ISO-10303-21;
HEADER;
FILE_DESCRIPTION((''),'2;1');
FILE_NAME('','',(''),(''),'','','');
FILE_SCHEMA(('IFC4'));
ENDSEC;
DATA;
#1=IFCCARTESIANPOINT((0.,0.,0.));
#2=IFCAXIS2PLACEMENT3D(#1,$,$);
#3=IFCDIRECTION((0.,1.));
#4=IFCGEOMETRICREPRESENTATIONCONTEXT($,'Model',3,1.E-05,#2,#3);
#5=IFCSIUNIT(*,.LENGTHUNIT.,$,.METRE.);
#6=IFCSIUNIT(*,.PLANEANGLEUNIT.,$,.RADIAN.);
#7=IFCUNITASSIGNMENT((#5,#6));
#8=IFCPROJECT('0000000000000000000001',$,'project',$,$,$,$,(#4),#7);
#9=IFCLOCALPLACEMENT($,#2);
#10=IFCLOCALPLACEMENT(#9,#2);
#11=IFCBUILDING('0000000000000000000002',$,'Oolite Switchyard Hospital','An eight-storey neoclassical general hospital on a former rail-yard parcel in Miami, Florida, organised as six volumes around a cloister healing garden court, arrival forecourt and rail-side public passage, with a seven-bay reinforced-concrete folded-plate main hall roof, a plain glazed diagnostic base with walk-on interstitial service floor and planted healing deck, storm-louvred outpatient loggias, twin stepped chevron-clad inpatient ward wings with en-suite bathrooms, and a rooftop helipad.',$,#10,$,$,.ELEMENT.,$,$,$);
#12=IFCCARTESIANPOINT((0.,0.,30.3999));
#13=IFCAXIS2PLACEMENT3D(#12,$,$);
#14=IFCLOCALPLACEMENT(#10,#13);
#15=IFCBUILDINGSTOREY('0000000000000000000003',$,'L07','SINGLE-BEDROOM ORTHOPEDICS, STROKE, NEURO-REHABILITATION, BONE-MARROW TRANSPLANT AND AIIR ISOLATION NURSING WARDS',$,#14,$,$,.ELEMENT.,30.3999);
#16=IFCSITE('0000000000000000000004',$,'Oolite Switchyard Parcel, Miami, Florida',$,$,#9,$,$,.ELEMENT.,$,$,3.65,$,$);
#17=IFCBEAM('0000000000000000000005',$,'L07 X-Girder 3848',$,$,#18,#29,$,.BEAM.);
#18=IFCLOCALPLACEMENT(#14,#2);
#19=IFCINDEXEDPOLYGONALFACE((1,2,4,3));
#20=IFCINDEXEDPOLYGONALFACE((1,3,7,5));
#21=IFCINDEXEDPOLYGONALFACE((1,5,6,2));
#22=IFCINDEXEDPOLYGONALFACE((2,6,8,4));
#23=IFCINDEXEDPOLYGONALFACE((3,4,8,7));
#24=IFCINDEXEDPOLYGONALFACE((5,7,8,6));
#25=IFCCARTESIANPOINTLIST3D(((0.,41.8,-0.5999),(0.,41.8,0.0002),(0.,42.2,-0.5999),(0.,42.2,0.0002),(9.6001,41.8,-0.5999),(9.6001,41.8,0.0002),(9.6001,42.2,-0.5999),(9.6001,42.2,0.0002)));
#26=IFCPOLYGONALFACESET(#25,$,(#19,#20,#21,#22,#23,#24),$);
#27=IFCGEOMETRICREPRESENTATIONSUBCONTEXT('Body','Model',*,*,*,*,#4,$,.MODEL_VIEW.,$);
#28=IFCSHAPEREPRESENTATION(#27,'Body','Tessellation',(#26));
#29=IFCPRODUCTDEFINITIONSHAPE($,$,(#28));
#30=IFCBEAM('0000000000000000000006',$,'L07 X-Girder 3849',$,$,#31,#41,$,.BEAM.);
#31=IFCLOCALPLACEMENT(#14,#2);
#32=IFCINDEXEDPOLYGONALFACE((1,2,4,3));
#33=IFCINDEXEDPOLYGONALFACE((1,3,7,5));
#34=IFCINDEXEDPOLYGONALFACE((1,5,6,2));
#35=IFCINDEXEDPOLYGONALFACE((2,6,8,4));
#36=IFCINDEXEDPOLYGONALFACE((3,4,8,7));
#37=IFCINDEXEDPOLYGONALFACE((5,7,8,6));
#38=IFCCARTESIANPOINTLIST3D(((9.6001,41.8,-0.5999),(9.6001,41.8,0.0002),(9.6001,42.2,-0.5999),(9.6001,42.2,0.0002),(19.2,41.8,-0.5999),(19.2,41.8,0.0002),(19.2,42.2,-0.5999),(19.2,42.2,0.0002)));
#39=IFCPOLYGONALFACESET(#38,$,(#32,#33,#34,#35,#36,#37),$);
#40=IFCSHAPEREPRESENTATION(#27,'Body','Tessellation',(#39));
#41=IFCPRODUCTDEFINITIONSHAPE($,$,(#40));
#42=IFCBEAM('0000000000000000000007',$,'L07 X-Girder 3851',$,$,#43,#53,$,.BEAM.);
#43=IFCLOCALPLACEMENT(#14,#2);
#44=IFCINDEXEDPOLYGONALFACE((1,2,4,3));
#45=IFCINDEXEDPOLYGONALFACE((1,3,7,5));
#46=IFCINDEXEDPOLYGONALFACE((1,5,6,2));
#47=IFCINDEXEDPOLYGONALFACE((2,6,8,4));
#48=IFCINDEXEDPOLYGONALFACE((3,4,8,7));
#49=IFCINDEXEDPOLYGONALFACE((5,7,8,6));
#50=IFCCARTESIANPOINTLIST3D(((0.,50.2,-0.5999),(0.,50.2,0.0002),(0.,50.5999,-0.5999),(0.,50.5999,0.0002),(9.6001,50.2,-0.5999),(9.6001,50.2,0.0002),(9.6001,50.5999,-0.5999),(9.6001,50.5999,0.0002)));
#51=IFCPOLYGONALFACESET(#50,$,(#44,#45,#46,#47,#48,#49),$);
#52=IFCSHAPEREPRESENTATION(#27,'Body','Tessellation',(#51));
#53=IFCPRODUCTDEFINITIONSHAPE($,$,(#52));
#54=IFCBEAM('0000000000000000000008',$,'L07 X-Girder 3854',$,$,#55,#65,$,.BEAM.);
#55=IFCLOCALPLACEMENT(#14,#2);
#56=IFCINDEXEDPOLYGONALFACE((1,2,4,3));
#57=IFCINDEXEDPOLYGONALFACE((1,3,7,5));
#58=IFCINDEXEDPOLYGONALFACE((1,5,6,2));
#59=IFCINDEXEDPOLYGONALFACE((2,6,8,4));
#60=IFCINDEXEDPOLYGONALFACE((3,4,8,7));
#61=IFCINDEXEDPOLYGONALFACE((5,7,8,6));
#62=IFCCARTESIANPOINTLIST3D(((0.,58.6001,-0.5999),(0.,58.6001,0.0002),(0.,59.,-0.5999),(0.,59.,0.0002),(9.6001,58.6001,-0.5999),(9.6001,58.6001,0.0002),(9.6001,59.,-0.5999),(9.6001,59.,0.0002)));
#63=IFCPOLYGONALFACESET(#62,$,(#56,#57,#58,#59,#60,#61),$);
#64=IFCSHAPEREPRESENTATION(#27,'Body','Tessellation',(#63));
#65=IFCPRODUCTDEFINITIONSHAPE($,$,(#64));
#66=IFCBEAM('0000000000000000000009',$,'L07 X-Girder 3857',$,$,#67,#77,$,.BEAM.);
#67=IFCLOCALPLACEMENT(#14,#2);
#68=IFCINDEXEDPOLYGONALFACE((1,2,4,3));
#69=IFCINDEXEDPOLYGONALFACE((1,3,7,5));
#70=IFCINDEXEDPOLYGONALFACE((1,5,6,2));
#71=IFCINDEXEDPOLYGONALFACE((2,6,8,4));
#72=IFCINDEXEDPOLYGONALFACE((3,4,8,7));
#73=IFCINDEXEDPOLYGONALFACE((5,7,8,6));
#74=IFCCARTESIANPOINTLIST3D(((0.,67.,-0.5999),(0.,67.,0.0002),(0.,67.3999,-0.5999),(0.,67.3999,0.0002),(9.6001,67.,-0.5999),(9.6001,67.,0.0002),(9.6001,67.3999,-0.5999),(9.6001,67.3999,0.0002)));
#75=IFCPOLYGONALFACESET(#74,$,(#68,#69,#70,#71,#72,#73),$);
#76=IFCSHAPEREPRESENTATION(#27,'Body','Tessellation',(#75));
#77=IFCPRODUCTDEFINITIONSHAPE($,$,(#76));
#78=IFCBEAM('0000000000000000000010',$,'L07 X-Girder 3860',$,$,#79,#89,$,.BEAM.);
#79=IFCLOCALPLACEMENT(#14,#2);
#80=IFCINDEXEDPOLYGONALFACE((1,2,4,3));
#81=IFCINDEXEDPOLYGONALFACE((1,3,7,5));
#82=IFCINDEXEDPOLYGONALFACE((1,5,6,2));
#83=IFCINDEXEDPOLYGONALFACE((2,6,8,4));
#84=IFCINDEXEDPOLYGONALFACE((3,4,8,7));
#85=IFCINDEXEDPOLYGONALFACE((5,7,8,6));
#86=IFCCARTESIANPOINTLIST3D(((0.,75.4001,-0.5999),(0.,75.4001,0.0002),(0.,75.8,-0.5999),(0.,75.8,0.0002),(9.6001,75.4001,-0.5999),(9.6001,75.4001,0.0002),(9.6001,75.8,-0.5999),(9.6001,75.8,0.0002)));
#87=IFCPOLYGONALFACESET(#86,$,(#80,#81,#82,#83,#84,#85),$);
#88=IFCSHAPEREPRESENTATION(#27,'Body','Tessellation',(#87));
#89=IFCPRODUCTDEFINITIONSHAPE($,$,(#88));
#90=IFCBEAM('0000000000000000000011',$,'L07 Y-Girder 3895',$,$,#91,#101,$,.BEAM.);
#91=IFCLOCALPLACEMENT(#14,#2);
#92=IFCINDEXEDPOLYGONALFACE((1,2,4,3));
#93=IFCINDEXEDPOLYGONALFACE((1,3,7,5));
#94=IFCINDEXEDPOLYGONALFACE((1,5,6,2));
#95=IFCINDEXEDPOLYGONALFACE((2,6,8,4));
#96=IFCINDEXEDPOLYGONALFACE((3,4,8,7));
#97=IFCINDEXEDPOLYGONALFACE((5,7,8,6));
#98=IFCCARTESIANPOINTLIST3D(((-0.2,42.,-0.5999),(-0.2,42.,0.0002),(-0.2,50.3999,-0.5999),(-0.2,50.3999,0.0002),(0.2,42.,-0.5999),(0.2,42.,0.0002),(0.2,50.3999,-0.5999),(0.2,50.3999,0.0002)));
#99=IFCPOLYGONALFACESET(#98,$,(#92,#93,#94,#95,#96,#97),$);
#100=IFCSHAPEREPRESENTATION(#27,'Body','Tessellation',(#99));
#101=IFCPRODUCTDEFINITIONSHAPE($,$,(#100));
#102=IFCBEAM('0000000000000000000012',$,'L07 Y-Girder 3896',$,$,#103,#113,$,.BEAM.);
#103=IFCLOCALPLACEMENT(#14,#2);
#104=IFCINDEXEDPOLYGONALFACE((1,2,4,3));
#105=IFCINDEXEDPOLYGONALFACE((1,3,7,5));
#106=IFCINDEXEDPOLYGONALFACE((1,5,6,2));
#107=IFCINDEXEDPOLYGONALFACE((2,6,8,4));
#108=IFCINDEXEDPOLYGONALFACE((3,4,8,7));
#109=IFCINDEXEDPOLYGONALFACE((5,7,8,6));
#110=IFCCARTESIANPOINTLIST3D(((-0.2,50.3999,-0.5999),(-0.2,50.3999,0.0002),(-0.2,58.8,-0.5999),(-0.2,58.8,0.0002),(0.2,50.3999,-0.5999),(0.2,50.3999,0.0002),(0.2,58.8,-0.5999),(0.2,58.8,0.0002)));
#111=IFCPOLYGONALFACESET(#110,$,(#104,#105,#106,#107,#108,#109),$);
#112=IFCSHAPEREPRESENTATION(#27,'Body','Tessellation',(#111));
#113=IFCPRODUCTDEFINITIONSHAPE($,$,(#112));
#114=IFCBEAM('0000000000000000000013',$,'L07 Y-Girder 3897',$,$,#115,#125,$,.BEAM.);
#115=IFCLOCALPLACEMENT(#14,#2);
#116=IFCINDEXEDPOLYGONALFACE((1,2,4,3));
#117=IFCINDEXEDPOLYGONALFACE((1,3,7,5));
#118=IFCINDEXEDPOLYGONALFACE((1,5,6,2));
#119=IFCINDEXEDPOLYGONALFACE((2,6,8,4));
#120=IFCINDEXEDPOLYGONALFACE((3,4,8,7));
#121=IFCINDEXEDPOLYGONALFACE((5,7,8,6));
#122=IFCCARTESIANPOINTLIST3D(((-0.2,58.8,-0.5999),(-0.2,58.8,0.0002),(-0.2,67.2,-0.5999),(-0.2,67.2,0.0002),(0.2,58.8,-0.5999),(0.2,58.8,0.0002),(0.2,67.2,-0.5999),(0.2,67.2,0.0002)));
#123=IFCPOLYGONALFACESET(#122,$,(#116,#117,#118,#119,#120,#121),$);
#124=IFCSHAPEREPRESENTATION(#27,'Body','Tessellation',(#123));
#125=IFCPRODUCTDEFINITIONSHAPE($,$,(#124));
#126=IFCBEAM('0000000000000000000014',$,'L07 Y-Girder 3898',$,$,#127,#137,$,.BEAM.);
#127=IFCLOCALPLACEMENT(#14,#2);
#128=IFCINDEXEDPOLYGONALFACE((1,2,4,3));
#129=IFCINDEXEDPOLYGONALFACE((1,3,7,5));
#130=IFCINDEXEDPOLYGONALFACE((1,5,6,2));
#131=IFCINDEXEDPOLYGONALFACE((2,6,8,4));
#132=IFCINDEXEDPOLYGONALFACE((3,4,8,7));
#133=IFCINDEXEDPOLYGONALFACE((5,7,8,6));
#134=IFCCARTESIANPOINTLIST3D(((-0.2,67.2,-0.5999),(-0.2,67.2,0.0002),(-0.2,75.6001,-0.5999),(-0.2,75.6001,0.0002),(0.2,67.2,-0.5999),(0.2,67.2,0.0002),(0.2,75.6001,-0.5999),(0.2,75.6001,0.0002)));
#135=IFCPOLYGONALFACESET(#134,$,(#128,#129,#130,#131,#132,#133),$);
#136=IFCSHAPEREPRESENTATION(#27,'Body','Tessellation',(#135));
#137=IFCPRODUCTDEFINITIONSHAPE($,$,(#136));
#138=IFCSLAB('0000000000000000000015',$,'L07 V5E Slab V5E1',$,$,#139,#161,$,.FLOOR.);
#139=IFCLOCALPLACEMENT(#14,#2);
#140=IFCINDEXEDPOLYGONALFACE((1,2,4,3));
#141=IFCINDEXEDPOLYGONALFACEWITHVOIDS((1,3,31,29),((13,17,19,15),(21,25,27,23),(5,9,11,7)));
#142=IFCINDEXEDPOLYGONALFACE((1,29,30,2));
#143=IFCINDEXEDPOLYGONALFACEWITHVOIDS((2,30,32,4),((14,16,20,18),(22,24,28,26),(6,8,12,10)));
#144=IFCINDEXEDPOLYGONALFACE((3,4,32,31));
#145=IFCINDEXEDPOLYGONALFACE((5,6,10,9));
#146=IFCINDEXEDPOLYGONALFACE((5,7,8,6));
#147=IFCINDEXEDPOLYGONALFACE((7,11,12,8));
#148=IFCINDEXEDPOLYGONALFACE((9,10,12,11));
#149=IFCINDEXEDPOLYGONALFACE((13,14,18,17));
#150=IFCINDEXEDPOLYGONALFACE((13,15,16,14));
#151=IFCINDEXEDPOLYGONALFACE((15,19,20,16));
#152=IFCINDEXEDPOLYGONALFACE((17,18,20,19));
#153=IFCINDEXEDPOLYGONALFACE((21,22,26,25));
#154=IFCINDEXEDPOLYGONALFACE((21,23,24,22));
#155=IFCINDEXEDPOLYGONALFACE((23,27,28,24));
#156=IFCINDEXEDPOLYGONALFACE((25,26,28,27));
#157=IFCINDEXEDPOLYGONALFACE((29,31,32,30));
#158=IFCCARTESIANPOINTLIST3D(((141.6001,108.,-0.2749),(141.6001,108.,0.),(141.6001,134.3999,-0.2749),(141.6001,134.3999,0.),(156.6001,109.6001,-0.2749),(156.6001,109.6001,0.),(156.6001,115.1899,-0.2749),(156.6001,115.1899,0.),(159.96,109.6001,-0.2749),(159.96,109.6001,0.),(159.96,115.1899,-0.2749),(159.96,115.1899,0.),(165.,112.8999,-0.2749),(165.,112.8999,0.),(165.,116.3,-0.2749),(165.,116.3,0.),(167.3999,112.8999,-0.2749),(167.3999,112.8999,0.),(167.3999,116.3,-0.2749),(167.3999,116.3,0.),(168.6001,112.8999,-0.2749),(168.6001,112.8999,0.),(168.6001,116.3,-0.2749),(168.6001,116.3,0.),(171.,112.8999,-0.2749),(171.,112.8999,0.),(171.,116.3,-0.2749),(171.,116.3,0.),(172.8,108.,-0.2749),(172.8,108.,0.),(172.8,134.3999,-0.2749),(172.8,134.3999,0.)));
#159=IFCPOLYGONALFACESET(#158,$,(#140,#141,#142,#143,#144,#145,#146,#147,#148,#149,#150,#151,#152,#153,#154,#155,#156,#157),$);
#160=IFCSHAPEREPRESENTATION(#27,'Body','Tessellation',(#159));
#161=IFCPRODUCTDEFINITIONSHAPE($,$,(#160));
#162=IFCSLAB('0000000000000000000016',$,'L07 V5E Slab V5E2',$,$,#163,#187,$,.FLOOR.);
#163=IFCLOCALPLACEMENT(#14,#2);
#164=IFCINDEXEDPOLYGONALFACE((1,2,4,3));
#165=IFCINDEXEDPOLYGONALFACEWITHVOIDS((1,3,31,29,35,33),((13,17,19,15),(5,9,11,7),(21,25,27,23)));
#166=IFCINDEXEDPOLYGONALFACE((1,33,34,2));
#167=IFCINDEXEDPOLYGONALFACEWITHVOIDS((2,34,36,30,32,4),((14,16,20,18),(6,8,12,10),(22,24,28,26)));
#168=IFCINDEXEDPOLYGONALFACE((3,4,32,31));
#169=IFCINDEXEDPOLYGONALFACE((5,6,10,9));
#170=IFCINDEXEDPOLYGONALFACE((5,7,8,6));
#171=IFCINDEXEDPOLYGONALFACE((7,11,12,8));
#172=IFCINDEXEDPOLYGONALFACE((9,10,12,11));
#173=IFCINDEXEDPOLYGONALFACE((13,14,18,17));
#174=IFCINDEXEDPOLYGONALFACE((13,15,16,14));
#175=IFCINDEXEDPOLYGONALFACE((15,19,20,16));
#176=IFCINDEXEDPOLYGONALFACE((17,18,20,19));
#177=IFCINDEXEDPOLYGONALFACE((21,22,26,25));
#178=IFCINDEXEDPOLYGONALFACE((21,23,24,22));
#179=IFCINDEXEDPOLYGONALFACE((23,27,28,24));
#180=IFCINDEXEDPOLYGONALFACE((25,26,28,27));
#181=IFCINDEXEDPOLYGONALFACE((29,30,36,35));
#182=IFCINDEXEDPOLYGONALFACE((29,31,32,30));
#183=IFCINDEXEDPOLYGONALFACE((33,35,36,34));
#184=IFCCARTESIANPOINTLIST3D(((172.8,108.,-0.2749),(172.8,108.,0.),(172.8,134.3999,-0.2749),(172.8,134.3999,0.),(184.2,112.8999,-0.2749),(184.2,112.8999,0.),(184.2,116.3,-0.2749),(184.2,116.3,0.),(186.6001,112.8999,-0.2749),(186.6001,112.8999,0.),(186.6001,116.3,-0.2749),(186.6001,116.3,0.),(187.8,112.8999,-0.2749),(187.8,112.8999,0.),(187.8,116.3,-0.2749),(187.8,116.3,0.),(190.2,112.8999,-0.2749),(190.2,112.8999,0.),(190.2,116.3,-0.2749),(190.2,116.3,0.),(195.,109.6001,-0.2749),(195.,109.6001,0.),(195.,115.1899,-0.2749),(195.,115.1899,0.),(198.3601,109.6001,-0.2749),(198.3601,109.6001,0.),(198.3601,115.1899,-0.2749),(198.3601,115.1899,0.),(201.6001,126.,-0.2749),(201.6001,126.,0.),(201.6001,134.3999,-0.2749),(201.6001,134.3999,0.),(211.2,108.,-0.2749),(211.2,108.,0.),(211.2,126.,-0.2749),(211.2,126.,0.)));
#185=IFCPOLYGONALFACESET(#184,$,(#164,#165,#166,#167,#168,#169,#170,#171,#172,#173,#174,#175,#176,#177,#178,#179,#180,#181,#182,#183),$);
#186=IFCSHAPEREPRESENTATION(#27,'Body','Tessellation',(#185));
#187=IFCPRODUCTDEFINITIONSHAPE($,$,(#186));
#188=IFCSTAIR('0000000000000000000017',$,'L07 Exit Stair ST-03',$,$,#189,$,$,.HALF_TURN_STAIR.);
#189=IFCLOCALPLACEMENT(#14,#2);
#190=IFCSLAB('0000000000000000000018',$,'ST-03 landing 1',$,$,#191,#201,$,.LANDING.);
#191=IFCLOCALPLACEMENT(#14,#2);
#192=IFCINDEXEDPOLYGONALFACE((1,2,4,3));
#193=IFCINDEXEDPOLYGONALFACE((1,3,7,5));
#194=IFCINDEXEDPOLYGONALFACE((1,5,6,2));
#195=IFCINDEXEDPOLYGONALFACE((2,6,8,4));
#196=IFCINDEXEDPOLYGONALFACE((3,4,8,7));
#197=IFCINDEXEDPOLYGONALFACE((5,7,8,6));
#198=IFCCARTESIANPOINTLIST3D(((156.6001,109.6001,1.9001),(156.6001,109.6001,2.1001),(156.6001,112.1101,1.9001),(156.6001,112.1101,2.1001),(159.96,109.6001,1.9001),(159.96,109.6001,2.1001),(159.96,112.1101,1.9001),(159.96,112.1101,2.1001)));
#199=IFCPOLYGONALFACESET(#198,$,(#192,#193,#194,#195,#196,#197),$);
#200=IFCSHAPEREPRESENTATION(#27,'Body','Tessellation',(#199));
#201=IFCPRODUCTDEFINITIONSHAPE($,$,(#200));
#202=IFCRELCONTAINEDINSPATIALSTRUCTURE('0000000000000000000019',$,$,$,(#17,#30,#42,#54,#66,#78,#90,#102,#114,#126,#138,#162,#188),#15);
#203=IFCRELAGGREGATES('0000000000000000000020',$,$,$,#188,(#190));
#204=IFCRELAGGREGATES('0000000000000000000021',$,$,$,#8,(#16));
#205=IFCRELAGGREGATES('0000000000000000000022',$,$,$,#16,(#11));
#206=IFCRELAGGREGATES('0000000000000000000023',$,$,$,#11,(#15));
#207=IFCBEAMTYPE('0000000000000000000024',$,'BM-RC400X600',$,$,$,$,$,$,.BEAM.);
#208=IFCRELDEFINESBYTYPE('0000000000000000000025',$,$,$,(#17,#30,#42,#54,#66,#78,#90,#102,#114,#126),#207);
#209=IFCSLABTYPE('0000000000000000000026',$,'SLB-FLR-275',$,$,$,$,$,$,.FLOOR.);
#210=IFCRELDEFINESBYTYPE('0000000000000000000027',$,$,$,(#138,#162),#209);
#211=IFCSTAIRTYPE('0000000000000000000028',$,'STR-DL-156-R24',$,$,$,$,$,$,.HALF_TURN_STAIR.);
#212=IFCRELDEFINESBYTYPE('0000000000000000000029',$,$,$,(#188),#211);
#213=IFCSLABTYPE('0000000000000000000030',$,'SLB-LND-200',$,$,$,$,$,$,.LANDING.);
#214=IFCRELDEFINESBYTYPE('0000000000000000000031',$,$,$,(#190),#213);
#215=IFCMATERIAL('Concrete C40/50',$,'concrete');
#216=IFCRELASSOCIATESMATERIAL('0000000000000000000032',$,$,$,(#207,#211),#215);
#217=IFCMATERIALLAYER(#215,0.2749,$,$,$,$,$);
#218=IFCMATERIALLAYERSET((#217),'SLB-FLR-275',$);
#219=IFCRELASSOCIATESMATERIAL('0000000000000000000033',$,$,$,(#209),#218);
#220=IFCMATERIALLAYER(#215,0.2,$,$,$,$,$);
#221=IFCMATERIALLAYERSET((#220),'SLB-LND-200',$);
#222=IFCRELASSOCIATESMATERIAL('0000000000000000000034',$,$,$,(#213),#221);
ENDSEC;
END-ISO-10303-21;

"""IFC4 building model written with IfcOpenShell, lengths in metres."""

from ifc_helpers import new_model, si_unit, direction, frame, origin, origin_2d, place, context, subcontext, project, spatial, polyline, rectangle, outline, extrude, material, layer, layer_set, material_profile, profile_set, type_object, element, aggregate, save


model = new_model("IFC4")

# Units and contexts
model_context = context("Model", 3, precision=1e-05, world=origin(), true_north=direction((0.0, 1.0)))
body_context = subcontext(model_context, "Body", "Model", "MODEL_VIEW")
ifc_project = project(units=[si_unit("LENGTHUNIT", "METRE"), si_unit("PLANEANGLEUNIT", "RADIAN")], contexts=[model_context])

# Site, building, storey
site_placement = place(None, origin())
site = spatial("IfcSite", under=ifc_project, at=site_placement, Name="Oolite Switchyard Parcel, Miami, Florida", CompositionType="ELEMENT", RefElevation=3.65)
building_placement = place(site_placement, origin())
building = spatial("IfcBuilding", under=site, at=building_placement, Name="Oolite Switchyard Hospital", Description="An eight-storey neoclassical general hospital on a former rail-yard parcel in Miami, Florida, organised as six volumes around a cloister healing garden court, arrival forecourt and rail-side public passage, with a seven-bay reinforced-concrete folded-plate main hall roof, a plain glazed diagnostic base with walk-on interstitial service floor and planted healing deck, storm-louvred outpatient loggias, twin stepped chevron-clad inpatient ward wings with en-suite bathrooms, and a rooftop helipad.", CompositionType="ELEMENT")
storey_placement = place(building_placement, frame((0.0, 0.0, 30.3999)))
storey = spatial("IfcBuildingStorey", under=building, at=storey_placement, Name="L07", Description="SINGLE-BEDROOM ORTHOPEDICS, STROKE, NEURO-REHABILITATION, BONE-MARROW TRANSPLANT AND AIIR ISOLATION NURSING WARDS", CompositionType="ELEMENT", Elevation=30.3999)

# Beams
ifc_material_1 = material(Name="Concrete C40/50", Category="concrete")
ifc_material_profile = material_profile(ifc_material_1, rectangle(XDim=0.3999, YDim=0.6001, at=origin_2d()), Name="RCB400X600")
ifc_profile_set = profile_set([ifc_material_profile], Name="Concrete C40/50")
beam_type = type_object("IfcBeamType", Name="BM-RC400X600", PredefinedType="BEAM", material=ifc_profile_set)
beam_1_placement = place(storey_placement, frame((0.0, 42.0, -0.2998), z_axis=(1.0, 0.0, 0.0), x_axis=(0.0, 1.0, 0.0)))
element("IfcBeam", 1, at=beam_1_placement, inside=storey, type_object=beam_type, Name="L07 X-Girder 3848", PredefinedType="BEAM", context=body_context, shape_type="SweptSolid", body=[
    extrude(rectangle(XDim=0.3999, YDim=0.6001, at=origin_2d()), origin(), (0.0, 0.0, 1.0), 9.6001),
])
beam_2_placement = place(storey_placement, frame((9.6001, 42.0, -0.2998), z_axis=(1.0, 0.0, 0.0), x_axis=(0.0, 1.0, 0.0)))
element("IfcBeam", 2, at=beam_2_placement, inside=storey, type_object=beam_type, Name="L07 X-Girder 3849", PredefinedType="BEAM", context=body_context, shape_type="SweptSolid", body=[
    extrude(rectangle(XDim=0.3999, YDim=0.6001, at=origin_2d()), origin(), (0.0, 0.0, 1.0), 9.5999),
])
for number, where, z_axis, x_axis, name in (
    (3, (0.0, 50.3999, -0.2998), (1.0, 0.0, 0.0), (0.0, 1.0, 0.0), "L07 X-Girder 3851"),
    (4, (0.0, 58.8, -0.2998), (1.0, 0.0, 0.0), (0.0, 1.0, 0.0), "L07 X-Girder 3854"),
    (5, (0.0, 67.2, -0.2998), (1.0, 0.0, 0.0), (0.0, 1.0, 0.0), "L07 X-Girder 3857"),
    (6, (0.0, 75.6001, -0.2998), (1.0, 0.0, 0.0), (0.0, 1.0, 0.0), "L07 X-Girder 3860"),
):
    element("IfcBeam", number, at=place(storey_placement, frame(where, z_axis=z_axis, x_axis=x_axis)), inside=storey, type_object=beam_type, Name=name, PredefinedType="BEAM", context=body_context, shape_type="SweptSolid", body=[
        extrude(rectangle(XDim=0.3999, YDim=0.6001, at=origin_2d()), origin(), (0.0, 0.0, 1.0), 9.6001),
    ])
beam_3_placement = place(storey_placement, frame((0.0, 42.0, -0.2998), z_axis=(0.0, 1.0, 0.0), x_axis=(-1.0, 0.0, 0.0)))
element("IfcBeam", 7, at=beam_3_placement, inside=storey, type_object=beam_type, Name="L07 Y-Girder 3895", PredefinedType="BEAM", context=body_context, shape_type="SweptSolid", body=[
    extrude(rectangle(XDim=0.3999, YDim=0.6001, at=origin_2d()), origin(), (0.0, 0.0, 1.0), 8.3999),
])
beam_4_placement = place(storey_placement, frame((0.0, 50.3999, -0.2998), z_axis=(0.0, 1.0, 0.0), x_axis=(-1.0, 0.0, 0.0)))
element("IfcBeam", 8, at=beam_4_placement, inside=storey, type_object=beam_type, Name="L07 Y-Girder 3896", PredefinedType="BEAM", context=body_context, shape_type="SweptSolid", body=[
    extrude(rectangle(XDim=0.3999, YDim=0.6001, at=origin_2d()), origin(), (0.0, 0.0, 1.0), 8.4001),
])
beam_5_placement = place(storey_placement, frame((0.0, 58.8, -0.2998), z_axis=(0.0, 1.0, 0.0), x_axis=(-1.0, 0.0, 0.0)))
element("IfcBeam", 9, at=beam_5_placement, inside=storey, type_object=beam_type, Name="L07 Y-Girder 3897", PredefinedType="BEAM", context=body_context, shape_type="SweptSolid", body=[
    extrude(rectangle(XDim=0.3999, YDim=0.6001, at=origin_2d()), origin(), (0.0, 0.0, 1.0), 8.3999),
])
beam_6_placement = place(storey_placement, frame((0.0, 67.2, -0.2998), z_axis=(0.0, 1.0, 0.0), x_axis=(-1.0, 0.0, 0.0)))
element("IfcBeam", 10, at=beam_6_placement, inside=storey, type_object=beam_type, Name="L07 Y-Girder 3898", PredefinedType="BEAM", context=body_context, shape_type="SweptSolid", body=[
    extrude(rectangle(XDim=0.3999, YDim=0.6001, at=origin_2d()), origin(), (0.0, 0.0, 1.0), 8.4001),
])

# Slabs
ifc_layer_1 = layer(ifc_material_1, 0.2749)
ifc_layer_set_1 = layer_set([ifc_layer_1], Name="SLB-FLR-275")
slab_type_1 = type_object("IfcSlabType", Name="SLB-FLR-275", PredefinedType="FLOOR", material=ifc_layer_set_1)
slab_1_placement = place(storey_placement, frame((0.0, 0.0, -0.2749)))
element("IfcSlab", 11, at=slab_1_placement, inside=storey, type_object=slab_type_1, Name="L07 V5E Slab V5E1", PredefinedType="FLOOR", context=body_context, shape_type="SweptSolid", body=[
    extrude(outline(polyline([(141.6001, 108.0), (172.8, 108.0), (172.8, 134.3999), (141.6001, 134.3999), (141.6001, 108.0)]), holes=[polyline([(156.6001, 115.1899), (156.6001, 109.6001), (159.96, 109.6001), (159.96, 115.1899), (156.6001, 115.1899)]), polyline([(165.0, 112.8999), (167.3999, 112.8999), (167.3999, 116.3), (165.0, 116.3), (165.0, 112.8999)]), polyline([(168.6001, 112.8999), (171.0, 112.8999), (171.0, 116.3), (168.6001, 116.3), (168.6001, 112.8999)])]), origin(), (0.0, 0.0, 1.0), 0.2749),
])
slab_2_placement = place(storey_placement, frame((0.0, 0.0, -0.2749)))
element("IfcSlab", 12, at=slab_2_placement, inside=storey, type_object=slab_type_1, Name="L07 V5E Slab V5E2", PredefinedType="FLOOR", context=body_context, shape_type="SweptSolid", body=[
    extrude(outline(polyline([(172.8, 108.0), (211.2, 108.0), (211.2, 126.0), (201.6001, 126.0), (201.6001, 134.3999), (172.8, 134.3999), (172.8, 108.0)]), holes=[polyline([(195.0, 115.1899), (195.0, 109.6001), (198.3601, 109.6001), (198.3601, 115.1899), (195.0, 115.1899)]), polyline([(184.2, 112.8999), (186.6001, 112.8999), (186.6001, 116.3), (184.2, 116.3), (184.2, 112.8999)]), polyline([(187.8, 112.8999), (190.2, 112.8999), (190.2, 116.3), (187.8, 116.3), (187.8, 112.8999)])]), origin(), (0.0, 0.0, 1.0), 0.2749),
])

# Stair, slab
stair_type = type_object("IfcStairType", Name="STR-DL-156-R24", PredefinedType="HALF_TURN_STAIR", material=ifc_material_1)
stair_1_placement = place(storey_placement, origin())
stair_1 = element("IfcStair", 13, at=stair_1_placement, inside=storey, type_object=stair_type, Name="L07 Exit Stair ST-03", PredefinedType="HALF_TURN_STAIR")
ifc_layer_2 = layer(ifc_material_1, 0.2)
ifc_layer_set_2 = layer_set([ifc_layer_2], Name="SLB-LND-200")
slab_type_2 = type_object("IfcSlabType", Name="SLB-LND-200", PredefinedType="LANDING", material=ifc_layer_set_2)
slab_3_placement = place(storey_placement, frame((0.0, 0.0, 1.9001)))
slab_3 = element("IfcSlab", 14, at=slab_3_placement, type_object=slab_type_2, Name="ST-03 landing 1", PredefinedType="LANDING", context=body_context, shape_type="SweptSolid", body=[
    extrude(outline(polyline([(156.6001, 112.1101), (156.6001, 109.6001), (159.96, 109.6001), (159.96, 112.1101), (156.6001, 112.1101)])), origin(), (0.0, 0.0, 1.0), 0.2),
])
aggregate(stair_1, [slab_3])

save(model, "model.ifc")
